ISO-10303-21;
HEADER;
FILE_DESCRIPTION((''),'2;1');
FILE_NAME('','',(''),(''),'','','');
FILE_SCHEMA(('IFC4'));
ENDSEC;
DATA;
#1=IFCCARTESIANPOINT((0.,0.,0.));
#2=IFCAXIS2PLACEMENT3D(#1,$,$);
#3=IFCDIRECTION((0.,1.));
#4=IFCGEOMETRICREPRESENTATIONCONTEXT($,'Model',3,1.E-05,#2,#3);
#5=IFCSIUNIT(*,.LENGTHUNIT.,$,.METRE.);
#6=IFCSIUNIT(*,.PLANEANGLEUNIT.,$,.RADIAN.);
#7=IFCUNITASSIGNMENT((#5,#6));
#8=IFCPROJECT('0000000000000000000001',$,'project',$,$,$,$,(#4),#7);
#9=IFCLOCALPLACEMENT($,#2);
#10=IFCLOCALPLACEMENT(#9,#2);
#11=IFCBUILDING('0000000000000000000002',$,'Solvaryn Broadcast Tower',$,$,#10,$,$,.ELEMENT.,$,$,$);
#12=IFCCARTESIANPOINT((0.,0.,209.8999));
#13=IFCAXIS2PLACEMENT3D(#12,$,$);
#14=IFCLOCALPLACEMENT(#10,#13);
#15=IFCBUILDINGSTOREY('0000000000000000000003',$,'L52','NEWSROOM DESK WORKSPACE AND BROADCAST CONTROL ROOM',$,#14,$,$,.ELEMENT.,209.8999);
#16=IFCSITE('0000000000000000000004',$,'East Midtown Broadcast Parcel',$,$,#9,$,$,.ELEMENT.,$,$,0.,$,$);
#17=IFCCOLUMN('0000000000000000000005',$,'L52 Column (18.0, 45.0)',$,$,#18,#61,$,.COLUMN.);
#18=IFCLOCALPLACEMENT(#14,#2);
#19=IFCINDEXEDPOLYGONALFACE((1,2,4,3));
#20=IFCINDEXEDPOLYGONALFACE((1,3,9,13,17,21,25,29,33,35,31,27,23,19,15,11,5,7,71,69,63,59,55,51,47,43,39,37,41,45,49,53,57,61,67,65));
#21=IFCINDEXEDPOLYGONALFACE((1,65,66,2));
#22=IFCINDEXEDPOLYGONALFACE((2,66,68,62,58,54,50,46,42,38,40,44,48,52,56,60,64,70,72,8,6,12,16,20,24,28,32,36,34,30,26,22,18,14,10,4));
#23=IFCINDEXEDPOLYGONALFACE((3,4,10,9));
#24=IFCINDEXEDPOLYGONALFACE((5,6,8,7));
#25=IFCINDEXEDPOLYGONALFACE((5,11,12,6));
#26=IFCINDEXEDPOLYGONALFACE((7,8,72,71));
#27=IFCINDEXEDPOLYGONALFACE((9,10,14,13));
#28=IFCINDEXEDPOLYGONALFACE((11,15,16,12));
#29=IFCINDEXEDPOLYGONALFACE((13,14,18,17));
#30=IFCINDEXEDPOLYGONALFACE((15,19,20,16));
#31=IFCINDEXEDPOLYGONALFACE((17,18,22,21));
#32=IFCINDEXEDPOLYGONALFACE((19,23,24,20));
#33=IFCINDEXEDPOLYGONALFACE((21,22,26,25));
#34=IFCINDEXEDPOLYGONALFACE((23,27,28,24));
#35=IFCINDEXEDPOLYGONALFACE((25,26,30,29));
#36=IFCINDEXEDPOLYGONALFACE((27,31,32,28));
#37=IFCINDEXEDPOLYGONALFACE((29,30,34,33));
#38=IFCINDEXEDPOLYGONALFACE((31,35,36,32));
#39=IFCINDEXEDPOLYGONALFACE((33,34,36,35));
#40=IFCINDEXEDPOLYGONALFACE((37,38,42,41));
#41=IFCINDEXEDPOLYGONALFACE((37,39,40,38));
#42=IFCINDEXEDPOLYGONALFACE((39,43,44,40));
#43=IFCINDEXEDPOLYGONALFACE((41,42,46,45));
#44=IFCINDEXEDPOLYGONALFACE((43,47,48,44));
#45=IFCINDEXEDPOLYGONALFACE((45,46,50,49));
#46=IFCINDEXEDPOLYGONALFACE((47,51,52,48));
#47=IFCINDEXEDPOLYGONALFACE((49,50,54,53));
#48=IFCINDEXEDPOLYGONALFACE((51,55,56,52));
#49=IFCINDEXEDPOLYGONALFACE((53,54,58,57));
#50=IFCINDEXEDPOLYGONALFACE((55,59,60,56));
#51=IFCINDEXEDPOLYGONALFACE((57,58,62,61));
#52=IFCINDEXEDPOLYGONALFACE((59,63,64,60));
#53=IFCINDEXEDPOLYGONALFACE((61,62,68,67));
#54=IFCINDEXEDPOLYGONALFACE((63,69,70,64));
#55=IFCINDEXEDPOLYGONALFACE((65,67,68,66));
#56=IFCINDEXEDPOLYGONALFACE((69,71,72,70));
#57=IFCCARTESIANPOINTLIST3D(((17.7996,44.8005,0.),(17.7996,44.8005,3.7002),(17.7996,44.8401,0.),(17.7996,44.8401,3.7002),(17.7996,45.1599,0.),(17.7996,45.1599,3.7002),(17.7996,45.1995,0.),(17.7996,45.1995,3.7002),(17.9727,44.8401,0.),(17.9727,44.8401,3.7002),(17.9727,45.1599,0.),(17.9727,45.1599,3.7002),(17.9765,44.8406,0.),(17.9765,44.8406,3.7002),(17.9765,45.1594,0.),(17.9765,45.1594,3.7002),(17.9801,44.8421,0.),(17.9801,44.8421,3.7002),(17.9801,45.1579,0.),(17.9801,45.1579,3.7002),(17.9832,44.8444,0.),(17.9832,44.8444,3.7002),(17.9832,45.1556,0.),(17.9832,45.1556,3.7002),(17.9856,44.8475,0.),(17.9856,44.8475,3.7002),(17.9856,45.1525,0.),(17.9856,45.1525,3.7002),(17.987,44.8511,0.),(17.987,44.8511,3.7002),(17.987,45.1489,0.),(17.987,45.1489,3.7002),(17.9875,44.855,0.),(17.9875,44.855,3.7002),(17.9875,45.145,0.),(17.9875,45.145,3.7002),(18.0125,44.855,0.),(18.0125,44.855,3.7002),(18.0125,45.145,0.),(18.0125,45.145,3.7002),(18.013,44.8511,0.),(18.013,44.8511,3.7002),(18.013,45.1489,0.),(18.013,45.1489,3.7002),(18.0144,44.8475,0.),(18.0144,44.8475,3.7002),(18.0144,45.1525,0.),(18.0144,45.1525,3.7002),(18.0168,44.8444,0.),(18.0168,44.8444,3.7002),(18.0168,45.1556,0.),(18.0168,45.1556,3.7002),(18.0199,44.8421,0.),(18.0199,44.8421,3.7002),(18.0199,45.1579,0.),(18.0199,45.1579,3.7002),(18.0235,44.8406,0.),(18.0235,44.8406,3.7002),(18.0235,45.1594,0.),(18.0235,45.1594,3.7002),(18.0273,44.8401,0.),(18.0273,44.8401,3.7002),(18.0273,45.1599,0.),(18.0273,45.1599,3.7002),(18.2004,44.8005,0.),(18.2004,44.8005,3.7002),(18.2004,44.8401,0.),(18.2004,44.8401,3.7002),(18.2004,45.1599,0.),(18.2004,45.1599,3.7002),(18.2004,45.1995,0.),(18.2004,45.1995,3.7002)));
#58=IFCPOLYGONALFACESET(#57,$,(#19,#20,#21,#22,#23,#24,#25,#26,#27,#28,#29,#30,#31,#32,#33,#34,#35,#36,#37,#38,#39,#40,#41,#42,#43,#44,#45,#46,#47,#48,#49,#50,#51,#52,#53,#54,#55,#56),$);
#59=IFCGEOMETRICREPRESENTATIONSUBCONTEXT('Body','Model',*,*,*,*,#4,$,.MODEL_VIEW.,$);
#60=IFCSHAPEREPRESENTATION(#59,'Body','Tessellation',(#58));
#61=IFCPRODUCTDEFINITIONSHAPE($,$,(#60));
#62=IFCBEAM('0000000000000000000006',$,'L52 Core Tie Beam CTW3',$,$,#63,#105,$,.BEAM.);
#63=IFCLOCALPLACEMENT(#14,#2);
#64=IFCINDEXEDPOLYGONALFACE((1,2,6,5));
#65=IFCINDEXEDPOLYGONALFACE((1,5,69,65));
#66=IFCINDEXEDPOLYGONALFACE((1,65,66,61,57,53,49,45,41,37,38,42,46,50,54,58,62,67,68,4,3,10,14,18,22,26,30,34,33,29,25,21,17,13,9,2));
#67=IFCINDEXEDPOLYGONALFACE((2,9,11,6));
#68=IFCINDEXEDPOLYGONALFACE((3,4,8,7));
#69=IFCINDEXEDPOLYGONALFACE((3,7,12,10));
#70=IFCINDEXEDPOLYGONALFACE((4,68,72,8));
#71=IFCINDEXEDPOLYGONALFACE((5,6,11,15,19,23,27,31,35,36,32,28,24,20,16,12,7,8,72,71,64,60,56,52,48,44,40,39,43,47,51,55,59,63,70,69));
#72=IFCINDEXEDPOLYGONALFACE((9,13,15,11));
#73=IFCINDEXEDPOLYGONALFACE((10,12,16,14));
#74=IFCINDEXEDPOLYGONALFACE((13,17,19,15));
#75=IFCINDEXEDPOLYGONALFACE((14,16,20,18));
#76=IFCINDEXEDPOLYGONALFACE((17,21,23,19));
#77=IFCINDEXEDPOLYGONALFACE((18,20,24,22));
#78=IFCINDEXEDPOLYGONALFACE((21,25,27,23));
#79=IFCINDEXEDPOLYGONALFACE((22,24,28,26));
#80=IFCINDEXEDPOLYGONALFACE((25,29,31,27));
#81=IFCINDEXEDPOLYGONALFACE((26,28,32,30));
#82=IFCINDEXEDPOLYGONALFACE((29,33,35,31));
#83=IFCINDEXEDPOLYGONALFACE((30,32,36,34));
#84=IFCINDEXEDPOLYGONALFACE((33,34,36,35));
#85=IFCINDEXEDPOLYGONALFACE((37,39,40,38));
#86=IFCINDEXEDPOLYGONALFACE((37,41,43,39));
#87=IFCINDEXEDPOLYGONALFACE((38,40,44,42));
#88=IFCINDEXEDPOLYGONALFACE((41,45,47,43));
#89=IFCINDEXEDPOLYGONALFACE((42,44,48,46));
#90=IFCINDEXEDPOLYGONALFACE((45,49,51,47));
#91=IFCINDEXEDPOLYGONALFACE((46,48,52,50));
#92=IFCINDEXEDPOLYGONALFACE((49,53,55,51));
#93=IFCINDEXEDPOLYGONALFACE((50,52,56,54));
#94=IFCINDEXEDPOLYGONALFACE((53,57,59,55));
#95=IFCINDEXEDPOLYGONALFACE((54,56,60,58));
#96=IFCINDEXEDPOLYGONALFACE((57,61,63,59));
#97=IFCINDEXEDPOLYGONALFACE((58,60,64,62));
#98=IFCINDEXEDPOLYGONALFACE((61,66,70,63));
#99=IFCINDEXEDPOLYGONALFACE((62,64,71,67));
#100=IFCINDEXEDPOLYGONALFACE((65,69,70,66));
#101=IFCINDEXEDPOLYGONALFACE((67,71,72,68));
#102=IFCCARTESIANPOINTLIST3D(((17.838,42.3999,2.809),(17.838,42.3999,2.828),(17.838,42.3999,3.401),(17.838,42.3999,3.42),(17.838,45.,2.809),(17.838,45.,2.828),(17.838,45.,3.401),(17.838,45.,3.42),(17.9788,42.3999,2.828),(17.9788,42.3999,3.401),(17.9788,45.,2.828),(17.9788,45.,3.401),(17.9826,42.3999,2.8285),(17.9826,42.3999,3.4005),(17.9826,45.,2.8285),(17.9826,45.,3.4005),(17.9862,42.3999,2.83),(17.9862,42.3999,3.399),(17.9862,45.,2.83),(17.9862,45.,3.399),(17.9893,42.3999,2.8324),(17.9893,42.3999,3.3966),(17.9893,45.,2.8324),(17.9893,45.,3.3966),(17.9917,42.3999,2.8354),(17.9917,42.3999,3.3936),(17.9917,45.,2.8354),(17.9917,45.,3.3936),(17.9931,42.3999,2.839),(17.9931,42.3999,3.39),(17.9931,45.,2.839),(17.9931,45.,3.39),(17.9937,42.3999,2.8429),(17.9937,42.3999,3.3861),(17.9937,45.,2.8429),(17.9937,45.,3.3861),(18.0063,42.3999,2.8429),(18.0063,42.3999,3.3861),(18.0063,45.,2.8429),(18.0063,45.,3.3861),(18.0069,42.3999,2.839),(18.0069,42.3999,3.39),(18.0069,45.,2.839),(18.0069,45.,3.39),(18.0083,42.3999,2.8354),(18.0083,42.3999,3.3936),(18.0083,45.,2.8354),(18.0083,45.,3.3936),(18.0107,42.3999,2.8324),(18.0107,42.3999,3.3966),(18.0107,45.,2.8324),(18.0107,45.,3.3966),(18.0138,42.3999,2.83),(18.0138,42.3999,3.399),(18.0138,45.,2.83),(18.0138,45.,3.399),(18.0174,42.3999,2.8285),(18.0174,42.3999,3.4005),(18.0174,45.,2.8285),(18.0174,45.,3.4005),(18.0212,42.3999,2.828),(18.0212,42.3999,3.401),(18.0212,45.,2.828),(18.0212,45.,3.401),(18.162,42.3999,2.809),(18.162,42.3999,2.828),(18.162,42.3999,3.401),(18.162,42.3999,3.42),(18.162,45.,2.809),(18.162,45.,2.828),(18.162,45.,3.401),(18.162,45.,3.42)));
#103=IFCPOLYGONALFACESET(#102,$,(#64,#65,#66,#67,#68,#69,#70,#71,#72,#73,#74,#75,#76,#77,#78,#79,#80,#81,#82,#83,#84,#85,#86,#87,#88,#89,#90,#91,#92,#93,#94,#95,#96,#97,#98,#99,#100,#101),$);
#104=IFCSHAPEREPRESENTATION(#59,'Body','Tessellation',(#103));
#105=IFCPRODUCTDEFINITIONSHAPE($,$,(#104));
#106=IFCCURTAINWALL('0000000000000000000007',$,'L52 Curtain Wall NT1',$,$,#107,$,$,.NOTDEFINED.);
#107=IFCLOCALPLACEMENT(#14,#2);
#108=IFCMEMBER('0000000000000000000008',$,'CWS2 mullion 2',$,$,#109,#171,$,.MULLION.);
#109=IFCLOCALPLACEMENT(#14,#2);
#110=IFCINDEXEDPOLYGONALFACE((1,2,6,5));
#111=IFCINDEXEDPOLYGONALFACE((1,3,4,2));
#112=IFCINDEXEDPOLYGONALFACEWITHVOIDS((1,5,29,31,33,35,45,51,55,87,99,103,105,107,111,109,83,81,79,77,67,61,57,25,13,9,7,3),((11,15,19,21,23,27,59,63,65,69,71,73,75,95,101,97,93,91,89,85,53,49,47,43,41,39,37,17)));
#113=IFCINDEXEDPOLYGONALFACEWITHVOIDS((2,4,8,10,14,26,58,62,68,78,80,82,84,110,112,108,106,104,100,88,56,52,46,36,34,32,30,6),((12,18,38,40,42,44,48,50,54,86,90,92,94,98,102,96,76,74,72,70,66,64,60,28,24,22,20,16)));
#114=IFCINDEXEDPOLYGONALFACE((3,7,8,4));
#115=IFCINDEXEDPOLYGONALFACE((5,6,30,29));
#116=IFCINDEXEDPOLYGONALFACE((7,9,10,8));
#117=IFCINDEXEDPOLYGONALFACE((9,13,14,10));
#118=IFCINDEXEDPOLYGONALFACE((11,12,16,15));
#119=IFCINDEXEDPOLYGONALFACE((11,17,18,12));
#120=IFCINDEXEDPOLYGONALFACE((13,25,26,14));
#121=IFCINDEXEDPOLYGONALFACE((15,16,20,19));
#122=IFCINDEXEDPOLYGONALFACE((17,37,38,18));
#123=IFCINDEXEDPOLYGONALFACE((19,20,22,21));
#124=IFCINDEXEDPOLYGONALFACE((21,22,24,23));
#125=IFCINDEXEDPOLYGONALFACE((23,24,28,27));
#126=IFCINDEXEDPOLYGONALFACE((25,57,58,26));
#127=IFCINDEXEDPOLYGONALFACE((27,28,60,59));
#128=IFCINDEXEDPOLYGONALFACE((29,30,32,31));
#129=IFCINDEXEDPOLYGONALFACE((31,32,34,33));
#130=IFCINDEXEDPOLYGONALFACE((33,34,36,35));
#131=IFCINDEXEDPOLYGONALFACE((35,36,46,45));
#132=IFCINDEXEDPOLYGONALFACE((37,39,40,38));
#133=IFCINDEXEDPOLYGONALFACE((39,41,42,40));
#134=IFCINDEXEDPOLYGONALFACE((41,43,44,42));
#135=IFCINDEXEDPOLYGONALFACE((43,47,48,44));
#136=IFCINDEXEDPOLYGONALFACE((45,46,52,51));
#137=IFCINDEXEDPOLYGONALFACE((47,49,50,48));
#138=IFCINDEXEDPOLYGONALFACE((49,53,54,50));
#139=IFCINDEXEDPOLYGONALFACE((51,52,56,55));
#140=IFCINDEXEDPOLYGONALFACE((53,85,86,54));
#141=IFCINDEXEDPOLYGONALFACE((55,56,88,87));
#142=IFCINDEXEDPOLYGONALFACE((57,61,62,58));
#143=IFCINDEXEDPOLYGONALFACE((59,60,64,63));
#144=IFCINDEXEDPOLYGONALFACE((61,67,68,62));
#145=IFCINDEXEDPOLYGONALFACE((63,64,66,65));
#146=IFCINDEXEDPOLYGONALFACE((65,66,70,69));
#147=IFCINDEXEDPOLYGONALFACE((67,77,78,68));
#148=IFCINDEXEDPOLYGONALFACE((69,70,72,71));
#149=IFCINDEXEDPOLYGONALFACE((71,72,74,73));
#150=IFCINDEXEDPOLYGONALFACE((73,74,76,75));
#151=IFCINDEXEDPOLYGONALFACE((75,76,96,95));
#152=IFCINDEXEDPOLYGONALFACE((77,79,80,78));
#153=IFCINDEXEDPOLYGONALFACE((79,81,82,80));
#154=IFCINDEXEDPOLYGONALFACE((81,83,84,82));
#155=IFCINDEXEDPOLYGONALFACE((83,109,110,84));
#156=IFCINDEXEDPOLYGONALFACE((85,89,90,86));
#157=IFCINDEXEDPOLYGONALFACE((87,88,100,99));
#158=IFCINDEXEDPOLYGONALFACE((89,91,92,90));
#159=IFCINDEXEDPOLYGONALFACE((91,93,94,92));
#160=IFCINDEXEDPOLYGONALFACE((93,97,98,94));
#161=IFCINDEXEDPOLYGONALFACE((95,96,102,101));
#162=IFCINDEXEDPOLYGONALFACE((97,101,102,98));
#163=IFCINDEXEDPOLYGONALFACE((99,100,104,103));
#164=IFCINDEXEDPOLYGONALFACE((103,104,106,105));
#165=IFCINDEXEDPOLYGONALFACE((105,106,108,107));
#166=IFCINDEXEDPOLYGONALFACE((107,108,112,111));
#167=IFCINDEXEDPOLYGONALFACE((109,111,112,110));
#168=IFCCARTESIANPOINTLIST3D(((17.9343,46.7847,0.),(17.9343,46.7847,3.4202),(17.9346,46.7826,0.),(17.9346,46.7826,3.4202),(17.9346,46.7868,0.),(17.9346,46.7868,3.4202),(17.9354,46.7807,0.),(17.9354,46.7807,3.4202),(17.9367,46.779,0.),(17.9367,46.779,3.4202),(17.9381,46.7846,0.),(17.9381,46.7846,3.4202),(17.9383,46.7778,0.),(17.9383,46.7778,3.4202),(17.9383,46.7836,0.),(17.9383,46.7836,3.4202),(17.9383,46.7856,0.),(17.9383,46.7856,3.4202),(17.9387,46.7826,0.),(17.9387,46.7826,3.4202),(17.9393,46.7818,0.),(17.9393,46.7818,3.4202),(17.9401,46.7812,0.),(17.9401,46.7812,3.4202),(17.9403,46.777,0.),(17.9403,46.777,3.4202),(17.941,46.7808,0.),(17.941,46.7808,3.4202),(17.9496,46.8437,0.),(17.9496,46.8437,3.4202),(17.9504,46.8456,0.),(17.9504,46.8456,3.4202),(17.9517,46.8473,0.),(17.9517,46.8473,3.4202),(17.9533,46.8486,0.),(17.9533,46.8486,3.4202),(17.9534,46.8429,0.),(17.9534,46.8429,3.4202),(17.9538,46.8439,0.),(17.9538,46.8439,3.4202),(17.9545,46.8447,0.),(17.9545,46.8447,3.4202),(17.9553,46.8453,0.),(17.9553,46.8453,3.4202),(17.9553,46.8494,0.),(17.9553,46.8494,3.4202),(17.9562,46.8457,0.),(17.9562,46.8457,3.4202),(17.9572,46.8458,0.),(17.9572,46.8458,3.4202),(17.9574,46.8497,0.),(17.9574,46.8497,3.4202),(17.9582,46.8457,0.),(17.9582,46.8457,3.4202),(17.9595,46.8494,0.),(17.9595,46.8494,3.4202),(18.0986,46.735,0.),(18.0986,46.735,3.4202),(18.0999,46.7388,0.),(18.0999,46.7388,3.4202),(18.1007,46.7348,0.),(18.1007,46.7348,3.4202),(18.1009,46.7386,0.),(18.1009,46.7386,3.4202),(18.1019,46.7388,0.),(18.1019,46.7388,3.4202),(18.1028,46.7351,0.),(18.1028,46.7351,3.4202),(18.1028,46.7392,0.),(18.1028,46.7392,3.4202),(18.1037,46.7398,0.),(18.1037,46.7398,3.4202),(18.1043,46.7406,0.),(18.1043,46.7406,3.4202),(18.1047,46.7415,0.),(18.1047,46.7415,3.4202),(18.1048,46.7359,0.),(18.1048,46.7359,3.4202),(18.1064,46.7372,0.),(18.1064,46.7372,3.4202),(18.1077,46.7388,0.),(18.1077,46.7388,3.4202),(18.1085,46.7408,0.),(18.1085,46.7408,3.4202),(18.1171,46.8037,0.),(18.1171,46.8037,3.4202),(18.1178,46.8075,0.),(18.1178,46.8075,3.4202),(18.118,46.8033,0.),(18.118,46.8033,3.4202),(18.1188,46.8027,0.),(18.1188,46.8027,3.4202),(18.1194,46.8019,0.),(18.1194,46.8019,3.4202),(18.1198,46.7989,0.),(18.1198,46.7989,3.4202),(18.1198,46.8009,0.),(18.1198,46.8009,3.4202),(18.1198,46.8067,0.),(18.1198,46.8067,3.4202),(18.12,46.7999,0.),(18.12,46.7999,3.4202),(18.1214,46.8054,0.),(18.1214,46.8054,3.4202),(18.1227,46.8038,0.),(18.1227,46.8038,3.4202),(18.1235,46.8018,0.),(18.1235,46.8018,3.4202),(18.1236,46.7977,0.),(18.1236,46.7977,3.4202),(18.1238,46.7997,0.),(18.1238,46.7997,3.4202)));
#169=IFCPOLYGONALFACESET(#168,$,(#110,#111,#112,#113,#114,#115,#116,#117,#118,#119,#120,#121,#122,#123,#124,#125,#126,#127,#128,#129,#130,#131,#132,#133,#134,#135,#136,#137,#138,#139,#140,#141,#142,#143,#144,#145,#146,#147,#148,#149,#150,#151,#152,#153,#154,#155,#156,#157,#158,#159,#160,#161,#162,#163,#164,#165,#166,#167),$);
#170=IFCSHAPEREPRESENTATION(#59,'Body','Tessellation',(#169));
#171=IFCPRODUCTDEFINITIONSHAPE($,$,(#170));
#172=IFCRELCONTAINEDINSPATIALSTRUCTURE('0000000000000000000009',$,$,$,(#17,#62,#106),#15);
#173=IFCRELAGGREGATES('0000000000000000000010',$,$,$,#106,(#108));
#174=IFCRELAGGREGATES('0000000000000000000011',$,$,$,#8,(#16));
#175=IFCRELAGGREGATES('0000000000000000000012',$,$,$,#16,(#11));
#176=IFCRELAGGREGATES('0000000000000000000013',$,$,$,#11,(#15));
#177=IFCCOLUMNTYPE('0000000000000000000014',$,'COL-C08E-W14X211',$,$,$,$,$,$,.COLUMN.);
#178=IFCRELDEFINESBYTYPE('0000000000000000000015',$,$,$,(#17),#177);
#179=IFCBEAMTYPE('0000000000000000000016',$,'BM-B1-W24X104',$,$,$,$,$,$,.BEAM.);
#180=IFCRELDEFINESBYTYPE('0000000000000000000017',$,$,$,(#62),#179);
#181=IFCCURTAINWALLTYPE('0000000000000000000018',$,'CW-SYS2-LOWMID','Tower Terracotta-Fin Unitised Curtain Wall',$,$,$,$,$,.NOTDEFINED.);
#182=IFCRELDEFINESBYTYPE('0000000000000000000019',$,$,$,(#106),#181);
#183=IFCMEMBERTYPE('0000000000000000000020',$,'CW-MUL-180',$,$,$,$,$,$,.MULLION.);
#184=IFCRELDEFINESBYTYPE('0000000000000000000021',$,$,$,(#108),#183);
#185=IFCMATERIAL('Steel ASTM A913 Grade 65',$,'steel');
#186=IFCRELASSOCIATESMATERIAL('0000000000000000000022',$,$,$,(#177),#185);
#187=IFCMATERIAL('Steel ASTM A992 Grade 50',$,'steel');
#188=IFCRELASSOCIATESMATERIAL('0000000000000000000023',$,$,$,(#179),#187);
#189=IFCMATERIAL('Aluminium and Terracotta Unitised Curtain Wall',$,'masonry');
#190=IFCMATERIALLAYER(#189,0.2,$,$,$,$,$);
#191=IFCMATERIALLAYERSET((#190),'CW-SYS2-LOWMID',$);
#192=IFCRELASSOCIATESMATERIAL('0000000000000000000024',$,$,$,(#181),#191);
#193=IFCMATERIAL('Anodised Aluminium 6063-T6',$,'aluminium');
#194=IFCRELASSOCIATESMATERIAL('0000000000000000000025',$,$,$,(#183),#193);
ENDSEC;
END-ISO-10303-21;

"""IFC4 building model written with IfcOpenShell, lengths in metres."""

from ifc_helpers import new_model, si_unit, direction, frame, origin, origin_2d, place, context, subcontext, project, spatial, hollow_rectangle, i_section, extrude, material, layer, layer_set, material_profile, profile_set, type_object, element, aggregate, save


model = new_model("IFC4")

# Units and contexts
model_context = context("Model", 3, precision=1e-05, world=origin(), true_north=direction((0.0, 1.0)))
body_context = subcontext(model_context, "Body", "Model", "MODEL_VIEW")
ifc_project = project(units=[si_unit("LENGTHUNIT", "METRE"), si_unit("PLANEANGLEUNIT", "RADIAN")], contexts=[model_context])

# Site, building, storey
site_placement = place(None, origin())
site = spatial("IfcSite", under=ifc_project, at=site_placement, Name="East Midtown Broadcast Parcel", CompositionType="ELEMENT", RefElevation=0.0)
building_placement = place(site_placement, origin())
building = spatial("IfcBuilding", under=site, at=building_placement, Name="Solvaryn Broadcast Tower", CompositionType="ELEMENT")
storey_placement = place(building_placement, frame((0.0, 0.0, 209.8999)))
storey = spatial("IfcBuildingStorey", under=building, at=storey_placement, Name="L52", Description="NEWSROOM DESK WORKSPACE AND BROADCAST CONTROL ROOM", CompositionType="ELEMENT", Elevation=209.8999)

# Column
ifc_material_1 = material(Name="Steel ASTM A913 Grade 65", Category="steel")
ifc_material_profile_1 = material_profile(ifc_material_1, i_section(OverallWidth=0.4009, OverallDepth=0.3989, WebThickness=0.0249, FlangeThickness=0.0396, FilletRadius=0.0149, at=origin_2d()))
ifc_profile_set_1 = profile_set([ifc_material_profile_1], Name="Steel ASTM A913 Grade 65")
column_type = type_object("IfcColumnType", Name="COL-C08E-W14X211", PredefinedType="COLUMN", material=ifc_profile_set_1)
column_placement = place(storey_placement, frame((18.0, 45.0, 0.0), z_axis=(0.0, 0.0, 1.0), x_axis=(1.0, 0.0, 0.0)))
element("IfcColumn", 1, at=column_placement, inside=storey, type_object=column_type, Name="L52 Column (18.0, 45.0)", PredefinedType="COLUMN", context=body_context, shape_type="SweptSolid", body=[
    extrude(i_section(OverallWidth=0.4009, OverallDepth=0.3989, WebThickness=0.0249, FlangeThickness=0.0396, FilletRadius=0.0149, at=origin_2d()), origin(), (0.0, 0.0, 1.0), 3.7002),
])

# Beam
ifc_material_2 = material(Name="Steel ASTM A992 Grade 50", Category="steel")
ifc_material_profile_2 = material_profile(ifc_material_2, i_section(OverallWidth=0.324, OverallDepth=0.6111, WebThickness=0.0127, FlangeThickness=0.019, FilletRadius=0.0149, at=origin_2d()))
ifc_profile_set_2 = profile_set([ifc_material_profile_2], Name="Steel ASTM A992 Grade 50")
beam_type = type_object("IfcBeamType", Name="BM-B1-W24X104", PredefinedType="BEAM", material=ifc_profile_set_2)
beam_placement = place(storey_placement, frame((18.0, 42.3999, 3.1145), z_axis=(0.0, 1.0, 0.0), x_axis=(-1.0, 0.0, 0.0)))
element("IfcBeam", 2, at=beam_placement, inside=storey, type_object=beam_type, Name="L52 Core Tie Beam CTW3", PredefinedType="BEAM", context=body_context, shape_type="SweptSolid", body=[
    extrude(i_section(OverallWidth=0.324, OverallDepth=0.6111, WebThickness=0.0127, FlangeThickness=0.019, FilletRadius=0.0149, at=origin_2d()), origin(), (0.0, 0.0, 1.0), 2.6001),
])

# Curtain wall, member
ifc_material_3 = material(Name="Aluminium and Terracotta Unitised Curtain Wall", Category="masonry")
ifc_layer_1 = layer(ifc_material_3, 0.2)
ifc_layer_set_1 = layer_set([ifc_layer_1], Name="CW-SYS2-LOWMID")
curtain_wall_type = type_object("IfcCurtainWallType", Name="CW-SYS2-LOWMID", Description="Tower Terracotta-Fin Unitised Curtain Wall", PredefinedType="NOTDEFINED", material=ifc_layer_set_1)
curtain_wall_1_placement = place(storey_placement, origin())
curtain_wall_1 = element("IfcCurtainWall", 3, at=curtain_wall_1_placement, inside=storey, type_object=curtain_wall_type, Name="L52 Curtain Wall NT1", PredefinedType="NOTDEFINED")
ifc_material_4 = material(Name="Anodised Aluminium 6063-T6", Category="aluminium")
ifc_material_profile_3 = material_profile(ifc_material_4, hollow_rectangle(XDim=0.075, YDim=0.1799, WallThickness=0.0039, InnerFilletRadius=0.0039, OuterFilletRadius=0.0081, at=origin_2d()))
ifc_profile_set_3 = profile_set([ifc_material_profile_3], Name="Anodised Aluminium 6063-T6")
member_type_1 = type_object("IfcMemberType", Name="CW-MUL-180", PredefinedType="MULLION", material=ifc_profile_set_3)
member_1_placement = place(storey_placement, frame((18.0291, 46.7922, 0.0), z_axis=(0.0, 0.0, 1.0), x_axis=(-0.255893, -0.966705, 0.0)))
member_1 = element("IfcMember", 4, at=member_1_placement, type_object=member_type_1, Name="CWS2 mullion 2", PredefinedType="MULLION", context=body_context, shape_type="SweptSolid", body=[
    extrude(hollow_rectangle(XDim=0.075, YDim=0.1799, WallThickness=0.0039, InnerFilletRadius=0.0039, OuterFilletRadius=0.0081, at=origin_2d()), origin(), (0.0, 0.0, 1.0), 3.4202),
])

aggregate(curtain_wall_1, [member_1])

save(model, "model.ifc")
